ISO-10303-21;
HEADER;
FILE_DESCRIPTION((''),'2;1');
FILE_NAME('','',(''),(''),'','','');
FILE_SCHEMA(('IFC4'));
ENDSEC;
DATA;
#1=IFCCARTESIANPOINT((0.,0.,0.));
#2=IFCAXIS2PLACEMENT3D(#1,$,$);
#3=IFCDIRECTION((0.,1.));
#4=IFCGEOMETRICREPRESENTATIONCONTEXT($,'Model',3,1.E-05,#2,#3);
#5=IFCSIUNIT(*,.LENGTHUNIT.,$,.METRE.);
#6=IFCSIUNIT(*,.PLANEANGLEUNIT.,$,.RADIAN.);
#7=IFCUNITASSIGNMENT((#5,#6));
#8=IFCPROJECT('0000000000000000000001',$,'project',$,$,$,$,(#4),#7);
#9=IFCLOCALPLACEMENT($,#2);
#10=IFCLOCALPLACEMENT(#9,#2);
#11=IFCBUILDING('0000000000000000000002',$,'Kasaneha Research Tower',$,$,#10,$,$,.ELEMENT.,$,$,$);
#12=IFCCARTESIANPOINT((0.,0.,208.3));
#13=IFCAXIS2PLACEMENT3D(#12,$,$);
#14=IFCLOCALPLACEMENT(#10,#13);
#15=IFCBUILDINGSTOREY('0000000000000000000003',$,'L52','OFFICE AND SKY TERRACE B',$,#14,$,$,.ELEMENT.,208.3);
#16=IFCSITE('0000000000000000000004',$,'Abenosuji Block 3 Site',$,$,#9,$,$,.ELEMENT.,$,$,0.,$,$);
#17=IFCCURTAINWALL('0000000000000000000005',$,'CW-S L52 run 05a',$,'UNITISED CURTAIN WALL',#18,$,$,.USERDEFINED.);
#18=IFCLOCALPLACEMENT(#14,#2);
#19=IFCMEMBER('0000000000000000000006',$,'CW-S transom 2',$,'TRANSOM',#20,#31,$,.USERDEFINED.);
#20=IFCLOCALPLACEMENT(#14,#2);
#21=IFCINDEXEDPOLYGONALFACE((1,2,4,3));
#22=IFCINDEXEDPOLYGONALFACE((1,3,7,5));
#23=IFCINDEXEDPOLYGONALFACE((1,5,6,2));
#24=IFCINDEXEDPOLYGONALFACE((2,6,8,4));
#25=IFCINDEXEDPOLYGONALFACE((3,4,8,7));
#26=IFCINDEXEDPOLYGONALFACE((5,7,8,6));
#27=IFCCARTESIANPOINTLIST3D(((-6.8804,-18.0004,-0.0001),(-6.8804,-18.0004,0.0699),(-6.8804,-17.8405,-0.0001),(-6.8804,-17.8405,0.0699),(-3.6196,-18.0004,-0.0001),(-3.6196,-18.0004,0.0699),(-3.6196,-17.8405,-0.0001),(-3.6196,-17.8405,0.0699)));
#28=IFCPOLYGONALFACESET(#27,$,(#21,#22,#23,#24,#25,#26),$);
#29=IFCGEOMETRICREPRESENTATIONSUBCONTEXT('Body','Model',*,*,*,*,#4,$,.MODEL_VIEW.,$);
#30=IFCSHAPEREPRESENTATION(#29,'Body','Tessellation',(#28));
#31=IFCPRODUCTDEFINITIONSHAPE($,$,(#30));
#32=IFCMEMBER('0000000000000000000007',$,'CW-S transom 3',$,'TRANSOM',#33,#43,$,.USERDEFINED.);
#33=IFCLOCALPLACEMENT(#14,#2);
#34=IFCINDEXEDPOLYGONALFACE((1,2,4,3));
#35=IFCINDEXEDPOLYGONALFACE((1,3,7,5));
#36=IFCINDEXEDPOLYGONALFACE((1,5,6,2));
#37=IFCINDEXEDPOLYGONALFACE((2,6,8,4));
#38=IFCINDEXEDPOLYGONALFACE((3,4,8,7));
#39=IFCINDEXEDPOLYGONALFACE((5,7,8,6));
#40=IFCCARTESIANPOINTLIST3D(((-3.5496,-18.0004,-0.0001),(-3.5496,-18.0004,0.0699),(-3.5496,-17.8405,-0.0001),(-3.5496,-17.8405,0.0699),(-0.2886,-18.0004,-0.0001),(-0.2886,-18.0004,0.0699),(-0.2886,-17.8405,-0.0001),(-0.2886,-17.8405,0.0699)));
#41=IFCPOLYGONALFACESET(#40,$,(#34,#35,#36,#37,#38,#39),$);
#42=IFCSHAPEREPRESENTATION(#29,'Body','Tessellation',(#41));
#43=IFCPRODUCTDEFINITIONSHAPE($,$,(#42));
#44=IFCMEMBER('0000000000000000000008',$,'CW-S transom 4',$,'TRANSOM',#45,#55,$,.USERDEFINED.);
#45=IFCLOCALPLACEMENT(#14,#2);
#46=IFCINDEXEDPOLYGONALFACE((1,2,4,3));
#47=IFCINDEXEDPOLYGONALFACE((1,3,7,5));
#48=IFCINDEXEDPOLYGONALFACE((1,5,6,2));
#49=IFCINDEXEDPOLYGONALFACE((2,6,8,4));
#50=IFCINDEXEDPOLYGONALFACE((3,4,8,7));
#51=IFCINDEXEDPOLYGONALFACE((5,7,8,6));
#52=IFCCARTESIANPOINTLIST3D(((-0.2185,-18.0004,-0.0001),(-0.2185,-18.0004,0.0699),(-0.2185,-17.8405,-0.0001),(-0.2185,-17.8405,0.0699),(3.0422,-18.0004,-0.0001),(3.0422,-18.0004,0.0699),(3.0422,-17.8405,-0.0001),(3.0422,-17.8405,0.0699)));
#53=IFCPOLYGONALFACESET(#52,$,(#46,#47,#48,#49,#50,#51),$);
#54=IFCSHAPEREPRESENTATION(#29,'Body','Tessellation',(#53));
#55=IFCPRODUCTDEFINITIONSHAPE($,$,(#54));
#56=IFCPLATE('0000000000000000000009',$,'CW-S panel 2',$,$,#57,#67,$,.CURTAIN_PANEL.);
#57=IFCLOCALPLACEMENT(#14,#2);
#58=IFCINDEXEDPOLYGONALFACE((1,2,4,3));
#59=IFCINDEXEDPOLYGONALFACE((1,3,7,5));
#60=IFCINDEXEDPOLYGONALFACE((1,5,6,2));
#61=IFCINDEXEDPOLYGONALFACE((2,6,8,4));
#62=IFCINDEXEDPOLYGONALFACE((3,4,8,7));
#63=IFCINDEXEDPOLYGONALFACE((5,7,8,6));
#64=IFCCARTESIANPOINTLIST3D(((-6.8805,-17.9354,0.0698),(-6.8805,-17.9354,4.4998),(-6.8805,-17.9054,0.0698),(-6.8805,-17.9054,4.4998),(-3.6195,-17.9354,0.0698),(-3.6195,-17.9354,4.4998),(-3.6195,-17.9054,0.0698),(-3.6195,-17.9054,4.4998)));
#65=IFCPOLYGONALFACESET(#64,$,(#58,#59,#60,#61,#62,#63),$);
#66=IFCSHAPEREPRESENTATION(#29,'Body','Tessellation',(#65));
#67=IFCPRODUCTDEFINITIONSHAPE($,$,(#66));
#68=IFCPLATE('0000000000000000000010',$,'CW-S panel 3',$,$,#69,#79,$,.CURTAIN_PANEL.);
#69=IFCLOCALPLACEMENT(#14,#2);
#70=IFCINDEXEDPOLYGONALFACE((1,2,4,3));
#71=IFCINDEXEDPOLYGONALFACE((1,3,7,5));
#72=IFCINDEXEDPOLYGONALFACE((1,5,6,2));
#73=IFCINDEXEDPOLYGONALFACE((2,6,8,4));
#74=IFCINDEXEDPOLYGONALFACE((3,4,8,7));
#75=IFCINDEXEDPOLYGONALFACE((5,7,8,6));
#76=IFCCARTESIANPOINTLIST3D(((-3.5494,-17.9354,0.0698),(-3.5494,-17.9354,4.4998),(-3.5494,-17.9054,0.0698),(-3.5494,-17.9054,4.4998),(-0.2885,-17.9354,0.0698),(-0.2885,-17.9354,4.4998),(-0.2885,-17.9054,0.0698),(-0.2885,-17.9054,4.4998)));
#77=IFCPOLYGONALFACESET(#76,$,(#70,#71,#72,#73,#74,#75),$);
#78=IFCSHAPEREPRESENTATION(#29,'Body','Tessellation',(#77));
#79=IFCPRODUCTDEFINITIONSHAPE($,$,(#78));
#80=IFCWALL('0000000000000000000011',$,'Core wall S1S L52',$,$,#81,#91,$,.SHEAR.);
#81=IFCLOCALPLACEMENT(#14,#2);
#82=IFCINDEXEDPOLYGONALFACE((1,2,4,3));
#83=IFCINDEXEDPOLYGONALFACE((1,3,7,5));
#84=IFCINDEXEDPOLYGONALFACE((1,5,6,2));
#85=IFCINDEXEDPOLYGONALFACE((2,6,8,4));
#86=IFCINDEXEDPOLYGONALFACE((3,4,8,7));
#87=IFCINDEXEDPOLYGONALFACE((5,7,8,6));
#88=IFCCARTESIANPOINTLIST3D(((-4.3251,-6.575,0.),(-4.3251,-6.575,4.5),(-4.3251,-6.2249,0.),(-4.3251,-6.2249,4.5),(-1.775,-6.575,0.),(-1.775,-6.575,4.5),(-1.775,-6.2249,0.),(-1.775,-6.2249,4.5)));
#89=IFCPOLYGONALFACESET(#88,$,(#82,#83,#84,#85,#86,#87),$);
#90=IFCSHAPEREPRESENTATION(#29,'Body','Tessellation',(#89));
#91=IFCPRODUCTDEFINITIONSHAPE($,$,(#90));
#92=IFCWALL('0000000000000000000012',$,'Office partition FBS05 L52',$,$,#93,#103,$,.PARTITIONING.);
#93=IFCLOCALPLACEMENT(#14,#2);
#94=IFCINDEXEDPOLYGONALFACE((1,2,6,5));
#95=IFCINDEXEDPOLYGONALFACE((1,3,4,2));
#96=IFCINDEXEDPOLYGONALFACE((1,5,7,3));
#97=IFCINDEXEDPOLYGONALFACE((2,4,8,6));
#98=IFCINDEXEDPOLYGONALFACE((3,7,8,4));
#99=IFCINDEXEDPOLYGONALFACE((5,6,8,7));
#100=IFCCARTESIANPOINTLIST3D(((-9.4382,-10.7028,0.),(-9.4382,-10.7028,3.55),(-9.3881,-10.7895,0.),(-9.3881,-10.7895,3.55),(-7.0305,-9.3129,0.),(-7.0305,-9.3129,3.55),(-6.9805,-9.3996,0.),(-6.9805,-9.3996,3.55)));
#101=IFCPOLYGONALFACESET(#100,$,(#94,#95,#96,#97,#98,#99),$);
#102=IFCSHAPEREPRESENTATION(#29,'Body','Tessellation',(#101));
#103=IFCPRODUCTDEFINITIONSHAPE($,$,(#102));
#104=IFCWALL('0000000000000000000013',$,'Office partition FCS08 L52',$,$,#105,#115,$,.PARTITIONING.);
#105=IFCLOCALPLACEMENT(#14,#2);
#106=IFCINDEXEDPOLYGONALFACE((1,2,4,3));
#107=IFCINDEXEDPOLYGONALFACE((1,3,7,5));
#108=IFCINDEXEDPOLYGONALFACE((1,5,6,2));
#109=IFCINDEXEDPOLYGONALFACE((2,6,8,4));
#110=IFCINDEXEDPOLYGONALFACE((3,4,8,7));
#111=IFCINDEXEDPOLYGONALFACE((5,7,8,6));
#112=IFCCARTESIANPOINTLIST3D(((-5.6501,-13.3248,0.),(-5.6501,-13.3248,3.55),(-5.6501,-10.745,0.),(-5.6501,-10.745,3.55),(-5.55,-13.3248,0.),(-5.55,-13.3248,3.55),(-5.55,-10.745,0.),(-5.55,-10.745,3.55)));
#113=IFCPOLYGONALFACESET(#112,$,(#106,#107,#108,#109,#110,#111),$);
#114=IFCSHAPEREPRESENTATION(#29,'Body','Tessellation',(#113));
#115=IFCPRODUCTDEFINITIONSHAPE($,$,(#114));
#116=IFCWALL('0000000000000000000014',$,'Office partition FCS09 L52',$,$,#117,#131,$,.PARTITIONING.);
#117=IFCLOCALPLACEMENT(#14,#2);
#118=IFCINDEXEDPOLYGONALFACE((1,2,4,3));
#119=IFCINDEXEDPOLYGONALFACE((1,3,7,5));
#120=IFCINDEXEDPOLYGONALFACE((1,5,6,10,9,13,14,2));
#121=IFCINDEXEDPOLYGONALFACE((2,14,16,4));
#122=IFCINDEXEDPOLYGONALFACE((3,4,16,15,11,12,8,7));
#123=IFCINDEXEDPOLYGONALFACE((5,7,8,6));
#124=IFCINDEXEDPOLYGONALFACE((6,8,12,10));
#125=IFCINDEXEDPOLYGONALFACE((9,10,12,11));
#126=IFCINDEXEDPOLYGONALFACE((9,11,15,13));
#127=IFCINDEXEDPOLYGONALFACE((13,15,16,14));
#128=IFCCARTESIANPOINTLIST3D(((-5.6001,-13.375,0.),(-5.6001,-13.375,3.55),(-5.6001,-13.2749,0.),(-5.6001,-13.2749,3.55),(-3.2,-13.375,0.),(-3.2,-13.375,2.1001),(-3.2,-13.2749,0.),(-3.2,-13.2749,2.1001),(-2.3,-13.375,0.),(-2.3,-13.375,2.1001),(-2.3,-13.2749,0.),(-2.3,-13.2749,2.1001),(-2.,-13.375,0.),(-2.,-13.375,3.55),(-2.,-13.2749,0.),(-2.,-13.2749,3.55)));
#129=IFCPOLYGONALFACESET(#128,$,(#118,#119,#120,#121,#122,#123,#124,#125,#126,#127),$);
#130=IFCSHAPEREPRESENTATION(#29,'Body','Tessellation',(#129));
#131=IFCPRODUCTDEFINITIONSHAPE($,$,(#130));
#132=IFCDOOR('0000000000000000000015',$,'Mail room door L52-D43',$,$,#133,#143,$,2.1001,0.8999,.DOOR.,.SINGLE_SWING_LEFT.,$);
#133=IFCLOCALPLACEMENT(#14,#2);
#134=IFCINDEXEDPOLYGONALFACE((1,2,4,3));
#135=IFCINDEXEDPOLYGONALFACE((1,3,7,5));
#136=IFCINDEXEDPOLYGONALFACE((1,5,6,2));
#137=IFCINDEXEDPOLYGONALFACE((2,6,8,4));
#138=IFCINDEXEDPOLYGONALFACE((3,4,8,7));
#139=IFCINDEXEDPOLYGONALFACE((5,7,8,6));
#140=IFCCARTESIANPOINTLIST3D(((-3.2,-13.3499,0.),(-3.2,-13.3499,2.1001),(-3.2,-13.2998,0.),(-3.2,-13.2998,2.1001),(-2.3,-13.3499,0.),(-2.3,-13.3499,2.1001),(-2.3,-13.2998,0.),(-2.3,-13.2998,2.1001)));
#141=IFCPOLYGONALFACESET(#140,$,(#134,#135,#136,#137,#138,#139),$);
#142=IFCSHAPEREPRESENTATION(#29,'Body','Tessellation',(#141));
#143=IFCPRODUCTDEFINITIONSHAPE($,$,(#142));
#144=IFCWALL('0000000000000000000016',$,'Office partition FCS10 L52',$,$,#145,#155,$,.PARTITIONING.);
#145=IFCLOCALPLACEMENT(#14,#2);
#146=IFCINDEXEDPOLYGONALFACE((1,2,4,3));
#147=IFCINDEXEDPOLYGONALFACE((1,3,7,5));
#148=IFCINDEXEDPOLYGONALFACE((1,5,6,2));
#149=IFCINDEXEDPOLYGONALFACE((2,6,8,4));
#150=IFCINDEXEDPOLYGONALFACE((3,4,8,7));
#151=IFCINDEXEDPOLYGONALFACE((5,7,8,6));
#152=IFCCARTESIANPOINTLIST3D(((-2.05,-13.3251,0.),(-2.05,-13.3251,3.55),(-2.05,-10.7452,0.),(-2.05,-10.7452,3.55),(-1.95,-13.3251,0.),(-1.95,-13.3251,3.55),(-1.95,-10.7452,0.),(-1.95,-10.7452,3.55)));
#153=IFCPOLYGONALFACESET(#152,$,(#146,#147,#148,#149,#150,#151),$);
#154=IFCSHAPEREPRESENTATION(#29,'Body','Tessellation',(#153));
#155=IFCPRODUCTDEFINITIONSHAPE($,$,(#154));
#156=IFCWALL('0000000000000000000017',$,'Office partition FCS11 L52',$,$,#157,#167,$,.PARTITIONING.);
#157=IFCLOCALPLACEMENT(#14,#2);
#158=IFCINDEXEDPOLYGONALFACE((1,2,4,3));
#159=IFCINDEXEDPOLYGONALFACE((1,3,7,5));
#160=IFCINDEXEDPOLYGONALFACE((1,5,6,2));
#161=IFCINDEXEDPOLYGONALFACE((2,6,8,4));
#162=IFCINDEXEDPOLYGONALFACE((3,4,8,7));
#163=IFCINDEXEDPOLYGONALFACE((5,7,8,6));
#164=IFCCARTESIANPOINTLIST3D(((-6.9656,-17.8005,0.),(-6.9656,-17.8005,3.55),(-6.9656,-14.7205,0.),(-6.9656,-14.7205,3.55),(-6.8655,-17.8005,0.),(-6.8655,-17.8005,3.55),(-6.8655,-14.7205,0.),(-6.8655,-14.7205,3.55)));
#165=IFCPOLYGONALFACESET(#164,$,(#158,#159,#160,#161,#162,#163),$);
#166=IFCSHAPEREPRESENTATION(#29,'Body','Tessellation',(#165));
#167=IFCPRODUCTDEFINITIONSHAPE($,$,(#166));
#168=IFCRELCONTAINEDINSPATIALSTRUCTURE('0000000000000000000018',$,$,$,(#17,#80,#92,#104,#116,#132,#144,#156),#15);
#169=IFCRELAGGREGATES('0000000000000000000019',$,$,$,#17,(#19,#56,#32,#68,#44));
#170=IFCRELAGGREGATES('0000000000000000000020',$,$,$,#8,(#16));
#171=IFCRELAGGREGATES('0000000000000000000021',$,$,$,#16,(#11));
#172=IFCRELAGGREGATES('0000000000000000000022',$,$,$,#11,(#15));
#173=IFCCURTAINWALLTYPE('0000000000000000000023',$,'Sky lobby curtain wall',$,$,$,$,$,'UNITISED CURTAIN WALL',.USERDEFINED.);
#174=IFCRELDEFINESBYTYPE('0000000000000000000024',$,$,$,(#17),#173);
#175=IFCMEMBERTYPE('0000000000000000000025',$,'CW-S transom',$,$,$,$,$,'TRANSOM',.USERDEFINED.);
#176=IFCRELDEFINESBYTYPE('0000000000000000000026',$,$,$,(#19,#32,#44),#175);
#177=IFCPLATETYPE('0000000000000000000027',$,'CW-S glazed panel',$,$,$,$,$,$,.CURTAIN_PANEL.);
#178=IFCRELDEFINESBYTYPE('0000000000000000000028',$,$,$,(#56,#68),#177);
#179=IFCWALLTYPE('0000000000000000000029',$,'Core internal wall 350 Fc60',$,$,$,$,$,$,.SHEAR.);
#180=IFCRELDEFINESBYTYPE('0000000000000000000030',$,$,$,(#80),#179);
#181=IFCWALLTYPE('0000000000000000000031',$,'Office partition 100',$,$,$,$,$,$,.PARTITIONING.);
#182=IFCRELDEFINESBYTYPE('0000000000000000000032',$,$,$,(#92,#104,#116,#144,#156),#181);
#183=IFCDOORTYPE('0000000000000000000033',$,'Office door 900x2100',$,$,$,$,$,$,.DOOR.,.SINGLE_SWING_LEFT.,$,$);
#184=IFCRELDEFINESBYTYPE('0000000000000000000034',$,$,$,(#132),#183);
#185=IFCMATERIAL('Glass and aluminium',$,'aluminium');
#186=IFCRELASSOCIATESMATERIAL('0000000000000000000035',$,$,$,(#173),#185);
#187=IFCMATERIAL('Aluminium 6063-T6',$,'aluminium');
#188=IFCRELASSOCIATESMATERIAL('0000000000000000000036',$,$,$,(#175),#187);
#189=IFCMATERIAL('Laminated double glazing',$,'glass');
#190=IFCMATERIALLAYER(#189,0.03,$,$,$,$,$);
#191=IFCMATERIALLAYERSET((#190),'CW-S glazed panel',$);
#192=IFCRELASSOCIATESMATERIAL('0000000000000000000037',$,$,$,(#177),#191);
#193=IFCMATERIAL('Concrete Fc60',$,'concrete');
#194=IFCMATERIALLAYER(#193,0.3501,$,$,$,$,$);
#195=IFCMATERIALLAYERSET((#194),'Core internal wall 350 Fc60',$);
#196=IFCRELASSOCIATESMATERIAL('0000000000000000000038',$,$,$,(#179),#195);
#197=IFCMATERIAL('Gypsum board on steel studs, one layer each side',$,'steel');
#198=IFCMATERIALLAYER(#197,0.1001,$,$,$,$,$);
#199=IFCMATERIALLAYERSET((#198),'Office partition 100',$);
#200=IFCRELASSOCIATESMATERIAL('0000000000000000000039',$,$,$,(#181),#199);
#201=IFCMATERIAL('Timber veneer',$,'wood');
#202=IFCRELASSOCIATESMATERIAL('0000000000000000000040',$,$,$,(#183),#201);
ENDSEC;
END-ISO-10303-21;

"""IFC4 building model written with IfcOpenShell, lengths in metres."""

from ifc_helpers import new_model, si_unit, direction, frame, frame_2d, origin, origin_2d, place, context, subcontext, project, spatial, rectangle, extrude, material, layer, layer_set, material_profile, profile_set, type_object, element, fill, aggregate, save


model = new_model("IFC4")

# Units and contexts
model_context = context("Model", 3, precision=1e-05, world=origin(), true_north=direction((0.0, 1.0)))
body_context = subcontext(model_context, "Body", "Model", "MODEL_VIEW")
ifc_project = project(units=[si_unit("LENGTHUNIT", "METRE"), si_unit("PLANEANGLEUNIT", "RADIAN")], contexts=[model_context])

# Site, building, storey
site_placement = place(None, origin())
site = spatial("IfcSite", under=ifc_project, at=site_placement, Name="Abenosuji Block 3 Site", CompositionType="ELEMENT", RefElevation=0.0)
building_placement = place(site_placement, origin())
building = spatial("IfcBuilding", under=site, at=building_placement, Name="Kasaneha Research Tower", CompositionType="ELEMENT")
storey_placement = place(building_placement, frame((0.0, 0.0, 208.3)))
storey = spatial("IfcBuildingStorey", under=building, at=storey_placement, Name="L52", Description="OFFICE AND SKY TERRACE B", CompositionType="ELEMENT", Elevation=208.3)

# Curtain wall, members, plates
ifc_material_1 = material(Name="Glass and aluminium", Category="aluminium")
curtain_wall_type = type_object("IfcCurtainWallType", Name="Sky lobby curtain wall", ElementType="UNITISED CURTAIN WALL", PredefinedType="USERDEFINED", material=ifc_material_1)
curtain_wall_placement = place(storey_placement, origin())
curtain_wall = element("IfcCurtainWall", 1, at=curtain_wall_placement, inside=storey, type_object=curtain_wall_type, Name="CW-S L52 run 05a", ObjectType="UNITISED CURTAIN WALL", PredefinedType="USERDEFINED")
ifc_material_2 = material(Name="Aluminium 6063-T6", Category="aluminium")
ifc_material_profile = material_profile(ifc_material_2, rectangle(XDim=0.1599, YDim=0.0701, at=origin_2d()), Name="CW-S transom 160x70")
ifc_profile_set = profile_set([ifc_material_profile], Name="Aluminium 6063-T6")
member_type = type_object("IfcMemberType", Name="CW-S transom", ElementType="TRANSOM", PredefinedType="USERDEFINED", material=ifc_profile_set)
member_1_placement = place(storey_placement, frame((-6.8804, -17.9204, 0.0349), z_axis=(1.0, 0.0, 0.0), x_axis=(0.0, 1.0, 0.0)))
member_1 = element("IfcMember", 2, at=member_1_placement, type_object=member_type, Name="CW-S transom 2", ObjectType="TRANSOM", PredefinedType="USERDEFINED", context=body_context, shape_type="SweptSolid", body=[
    extrude(rectangle(XDim=0.1599, YDim=0.0701, at=origin_2d()), origin(), (0.0, 0.0, 1.0), 3.2607),
])
member_2_placement = place(storey_placement, frame((-3.5496, -17.9204, 0.0349), z_axis=(1.0, 0.0, 0.0), x_axis=(0.0, 1.0, 0.0)))
member_2 = element("IfcMember", 3, at=member_2_placement, type_object=member_type, Name="CW-S transom 3", ObjectType="TRANSOM", PredefinedType="USERDEFINED", context=body_context, shape_type="SweptSolid", body=[
    extrude(rectangle(XDim=0.1599, YDim=0.0701, at=origin_2d()), origin(), (0.0, 0.0, 1.0), 3.261),
])
member_3_placement = place(storey_placement, frame((-0.2185, -17.9204, 0.0349), z_axis=(1.0, 0.0, 0.0), x_axis=(0.0, 1.0, 0.0)))
member_3 = element("IfcMember", 4, at=member_3_placement, type_object=member_type, Name="CW-S transom 4", ObjectType="TRANSOM", PredefinedType="USERDEFINED", context=body_context, shape_type="SweptSolid", body=[
    extrude(rectangle(XDim=0.1599, YDim=0.0701, at=origin_2d()), origin(), (0.0, 0.0, 1.0), 3.2607),
])
ifc_material_3 = material(Name="Laminated double glazing", Category="glass")
ifc_layer_1 = layer(ifc_material_3, 0.03)
ifc_layer_set_1 = layer_set([ifc_layer_1], Name="CW-S glazed panel")
plate_type = type_object("IfcPlateType", Name="CW-S glazed panel", PredefinedType="CURTAIN_PANEL", material=ifc_layer_set_1)
plate_1_placement = place(storey_placement, frame((-5.25, -17.9204, 0.0698), z_axis=(0.0, 0.0, 1.0), x_axis=(1.0, 0.0, 0.0)))
plate_1 = element("IfcPlate", 5, at=plate_1_placement, type_object=plate_type, Name="CW-S panel 2", PredefinedType="CURTAIN_PANEL", context=body_context, shape_type="SweptSolid", body=[
    extrude(rectangle(XDim=3.261, YDim=0.03, at=origin_2d()), origin(), (0.0, 0.0, 1.0), 4.4299),
])
plate_2_placement = place(storey_placement, frame((-1.9189, -17.9204, 0.0698), z_axis=(0.0, 0.0, 1.0), x_axis=(1.0, 0.0, 0.0)))
plate_2 = element("IfcPlate", 6, at=plate_2_placement, type_object=plate_type, Name="CW-S panel 3", PredefinedType="CURTAIN_PANEL", context=body_context, shape_type="SweptSolid", body=[
    extrude(rectangle(XDim=3.261, YDim=0.03, at=origin_2d()), origin(), (0.0, 0.0, 1.0), 4.4299),
])
aggregate(curtain_wall, [member_1, plate_1, member_2, plate_2, member_3])

# Walls
ifc_material_4 = material(Name="Concrete Fc60", Category="concrete")
ifc_layer_2 = layer(ifc_material_4, 0.3501)
ifc_layer_set_2 = layer_set([ifc_layer_2], Name="Core internal wall 350 Fc60")
wall_type_1 = type_object("IfcWallType", Name="Core internal wall 350 Fc60", PredefinedType="SHEAR", material=ifc_layer_set_2)
wall_1_placement = place(storey_placement, frame((-4.325, -6.3999, 0.0), z_axis=(0.0, 0.0, 1.0), x_axis=(1.0, 0.0, 0.0)))
element("IfcWall", 7, at=wall_1_placement, inside=storey, type_object=wall_type_1, Name="Core wall S1S L52", PredefinedType="SHEAR", context=body_context, shape_type="SweptSolid", body=[
    extrude(rectangle(XDim=2.55, YDim=0.3501, at=frame_2d((1.2749, 0.0))), origin(), (0.0, 0.0, 1.0), 4.5),
])
ifc_material_5 = material(Name="Gypsum board on steel studs, one layer each side", Category="steel")
ifc_layer_3 = layer(ifc_material_5, 0.1001)
ifc_layer_set_3 = layer_set([ifc_layer_3], Name="Office partition 100")
wall_type_2 = type_object("IfcWallType", Name="Office partition 100", PredefinedType="PARTITIONING", material=ifc_layer_set_3)
wall_2_placement = place(storey_placement, frame((-7.0054, -9.3562, 0.0), z_axis=(0.0, 0.0, 1.0), x_axis=(-0.866057, -0.499945, 0.0)))
element("IfcWall", 8, at=wall_2_placement, inside=storey, type_object=wall_type_2, Name="Office partition FBS05 L52", PredefinedType="PARTITIONING", context=body_context, shape_type="SweptSolid", body=[
    extrude(rectangle(XDim=2.78, YDim=0.1001, at=frame_2d((1.3901, 0.0))), origin(), (0.0, 0.0, 1.0), 3.55),
])
wall_3_placement = place(storey_placement, frame((-5.6001, -13.325, 0.0), z_axis=(0.0, 0.0, 1.0), x_axis=(0.0, 1.0, 0.0)))
element("IfcWall", 9, at=wall_3_placement, inside=storey, type_object=wall_type_2, Name="Office partition FCS08 L52", PredefinedType="PARTITIONING", context=body_context, shape_type="SweptSolid", body=[
    extrude(rectangle(XDim=2.5798, YDim=0.1001, at=frame_2d((1.29, 0.0))), origin(), (0.0, 0.0, 1.0), 3.55),
])

# Wall, opening, door
wall_4_placement = place(storey_placement, frame((-2.0, -13.325, 0.0), z_axis=(0.0, 0.0, 1.0), x_axis=(-1.0, 0.0, 0.0)))
wall_4 = element("IfcWall", 10, at=wall_4_placement, inside=storey, type_object=wall_type_2, Name="Office partition FCS09 L52", PredefinedType="PARTITIONING", context=body_context, shape_type="SweptSolid", body=[
    extrude(rectangle(XDim=3.6001, YDim=0.1001, at=frame_2d((1.8, 0.0))), origin(), (0.0, 0.0, 1.0), 3.55),
])
opening_1_placement = place(wall_4_placement, frame((0.3, 0.0, 0.0)))
opening_1 = element("IfcOpeningElement", 11, at=opening_1_placement, cuts=wall_4, PredefinedType="OPENING", context=body_context, shape_type="SweptSolid", body=[
    extrude(rectangle(XDim=0.8999, YDim=2.1001, at=frame_2d((0.45, 1.05))), frame((0.0, 0.0601, 0.0), z_axis=(0.0, -1.0, 0.0), x_axis=(1.0, 0.0, 0.0)), (0.0, 0.0, 1.0), 0.1201),
])
ifc_material_6 = material(Name="Timber veneer", Category="wood")
door_type_1 = type_object("IfcDoorType", Name="Office door 900x2100", OperationType="SINGLE_SWING_LEFT", PredefinedType="DOOR", material=ifc_material_6)
door_1_placement = place(opening_1_placement, origin())
door_1 = element("IfcDoor", 12, at=door_1_placement, inside=storey, type_object=door_type_1, Name="Mail room door L52-D43", OperationType="SINGLE_SWING_LEFT", OverallHeight=2.1001, OverallWidth=0.8999, PredefinedType="DOOR", context=body_context, shape_type="SweptSolid", body=[
    extrude(rectangle(XDim=0.8999, YDim=2.1001, at=frame_2d((0.45, 1.05))), frame((0.0, 0.0249, 0.0), z_axis=(0.0, -1.0, 0.0), x_axis=(1.0, 0.0, 0.0)), (0.0, 0.0, 1.0), 0.05),
])
fill(opening_1, door_1)

# Walls
wall_5_placement = place(storey_placement, frame((-2.0, -10.7451, 0.0), z_axis=(0.0, 0.0, 1.0), x_axis=(0.0, -1.0, 0.0)))
element("IfcWall", 13, at=wall_5_placement, inside=storey, type_object=wall_type_2, Name="Office partition FCS10 L52", PredefinedType="PARTITIONING", context=body_context, shape_type="SweptSolid", body=[
    extrude(rectangle(XDim=2.5798, YDim=0.1001, at=frame_2d((1.29, 0.0))), origin(), (0.0, 0.0, 1.0), 3.55),
])
wall_6_placement = place(storey_placement, frame((-6.9155, -17.8005, 0.0), z_axis=(0.0, 0.0, 1.0), x_axis=(0.0, 1.0, 0.0)))
element("IfcWall", 14, at=wall_6_placement, inside=storey, type_object=wall_type_2, Name="Office partition FCS11 L52", PredefinedType="PARTITIONING", context=body_context, shape_type="SweptSolid", body=[
    extrude(rectangle(XDim=3.0801, YDim=0.1001, at=frame_2d((1.54, 0.0))), origin(), (0.0, 0.0, 1.0), 3.55),
])

save(model, "model.ifc")
